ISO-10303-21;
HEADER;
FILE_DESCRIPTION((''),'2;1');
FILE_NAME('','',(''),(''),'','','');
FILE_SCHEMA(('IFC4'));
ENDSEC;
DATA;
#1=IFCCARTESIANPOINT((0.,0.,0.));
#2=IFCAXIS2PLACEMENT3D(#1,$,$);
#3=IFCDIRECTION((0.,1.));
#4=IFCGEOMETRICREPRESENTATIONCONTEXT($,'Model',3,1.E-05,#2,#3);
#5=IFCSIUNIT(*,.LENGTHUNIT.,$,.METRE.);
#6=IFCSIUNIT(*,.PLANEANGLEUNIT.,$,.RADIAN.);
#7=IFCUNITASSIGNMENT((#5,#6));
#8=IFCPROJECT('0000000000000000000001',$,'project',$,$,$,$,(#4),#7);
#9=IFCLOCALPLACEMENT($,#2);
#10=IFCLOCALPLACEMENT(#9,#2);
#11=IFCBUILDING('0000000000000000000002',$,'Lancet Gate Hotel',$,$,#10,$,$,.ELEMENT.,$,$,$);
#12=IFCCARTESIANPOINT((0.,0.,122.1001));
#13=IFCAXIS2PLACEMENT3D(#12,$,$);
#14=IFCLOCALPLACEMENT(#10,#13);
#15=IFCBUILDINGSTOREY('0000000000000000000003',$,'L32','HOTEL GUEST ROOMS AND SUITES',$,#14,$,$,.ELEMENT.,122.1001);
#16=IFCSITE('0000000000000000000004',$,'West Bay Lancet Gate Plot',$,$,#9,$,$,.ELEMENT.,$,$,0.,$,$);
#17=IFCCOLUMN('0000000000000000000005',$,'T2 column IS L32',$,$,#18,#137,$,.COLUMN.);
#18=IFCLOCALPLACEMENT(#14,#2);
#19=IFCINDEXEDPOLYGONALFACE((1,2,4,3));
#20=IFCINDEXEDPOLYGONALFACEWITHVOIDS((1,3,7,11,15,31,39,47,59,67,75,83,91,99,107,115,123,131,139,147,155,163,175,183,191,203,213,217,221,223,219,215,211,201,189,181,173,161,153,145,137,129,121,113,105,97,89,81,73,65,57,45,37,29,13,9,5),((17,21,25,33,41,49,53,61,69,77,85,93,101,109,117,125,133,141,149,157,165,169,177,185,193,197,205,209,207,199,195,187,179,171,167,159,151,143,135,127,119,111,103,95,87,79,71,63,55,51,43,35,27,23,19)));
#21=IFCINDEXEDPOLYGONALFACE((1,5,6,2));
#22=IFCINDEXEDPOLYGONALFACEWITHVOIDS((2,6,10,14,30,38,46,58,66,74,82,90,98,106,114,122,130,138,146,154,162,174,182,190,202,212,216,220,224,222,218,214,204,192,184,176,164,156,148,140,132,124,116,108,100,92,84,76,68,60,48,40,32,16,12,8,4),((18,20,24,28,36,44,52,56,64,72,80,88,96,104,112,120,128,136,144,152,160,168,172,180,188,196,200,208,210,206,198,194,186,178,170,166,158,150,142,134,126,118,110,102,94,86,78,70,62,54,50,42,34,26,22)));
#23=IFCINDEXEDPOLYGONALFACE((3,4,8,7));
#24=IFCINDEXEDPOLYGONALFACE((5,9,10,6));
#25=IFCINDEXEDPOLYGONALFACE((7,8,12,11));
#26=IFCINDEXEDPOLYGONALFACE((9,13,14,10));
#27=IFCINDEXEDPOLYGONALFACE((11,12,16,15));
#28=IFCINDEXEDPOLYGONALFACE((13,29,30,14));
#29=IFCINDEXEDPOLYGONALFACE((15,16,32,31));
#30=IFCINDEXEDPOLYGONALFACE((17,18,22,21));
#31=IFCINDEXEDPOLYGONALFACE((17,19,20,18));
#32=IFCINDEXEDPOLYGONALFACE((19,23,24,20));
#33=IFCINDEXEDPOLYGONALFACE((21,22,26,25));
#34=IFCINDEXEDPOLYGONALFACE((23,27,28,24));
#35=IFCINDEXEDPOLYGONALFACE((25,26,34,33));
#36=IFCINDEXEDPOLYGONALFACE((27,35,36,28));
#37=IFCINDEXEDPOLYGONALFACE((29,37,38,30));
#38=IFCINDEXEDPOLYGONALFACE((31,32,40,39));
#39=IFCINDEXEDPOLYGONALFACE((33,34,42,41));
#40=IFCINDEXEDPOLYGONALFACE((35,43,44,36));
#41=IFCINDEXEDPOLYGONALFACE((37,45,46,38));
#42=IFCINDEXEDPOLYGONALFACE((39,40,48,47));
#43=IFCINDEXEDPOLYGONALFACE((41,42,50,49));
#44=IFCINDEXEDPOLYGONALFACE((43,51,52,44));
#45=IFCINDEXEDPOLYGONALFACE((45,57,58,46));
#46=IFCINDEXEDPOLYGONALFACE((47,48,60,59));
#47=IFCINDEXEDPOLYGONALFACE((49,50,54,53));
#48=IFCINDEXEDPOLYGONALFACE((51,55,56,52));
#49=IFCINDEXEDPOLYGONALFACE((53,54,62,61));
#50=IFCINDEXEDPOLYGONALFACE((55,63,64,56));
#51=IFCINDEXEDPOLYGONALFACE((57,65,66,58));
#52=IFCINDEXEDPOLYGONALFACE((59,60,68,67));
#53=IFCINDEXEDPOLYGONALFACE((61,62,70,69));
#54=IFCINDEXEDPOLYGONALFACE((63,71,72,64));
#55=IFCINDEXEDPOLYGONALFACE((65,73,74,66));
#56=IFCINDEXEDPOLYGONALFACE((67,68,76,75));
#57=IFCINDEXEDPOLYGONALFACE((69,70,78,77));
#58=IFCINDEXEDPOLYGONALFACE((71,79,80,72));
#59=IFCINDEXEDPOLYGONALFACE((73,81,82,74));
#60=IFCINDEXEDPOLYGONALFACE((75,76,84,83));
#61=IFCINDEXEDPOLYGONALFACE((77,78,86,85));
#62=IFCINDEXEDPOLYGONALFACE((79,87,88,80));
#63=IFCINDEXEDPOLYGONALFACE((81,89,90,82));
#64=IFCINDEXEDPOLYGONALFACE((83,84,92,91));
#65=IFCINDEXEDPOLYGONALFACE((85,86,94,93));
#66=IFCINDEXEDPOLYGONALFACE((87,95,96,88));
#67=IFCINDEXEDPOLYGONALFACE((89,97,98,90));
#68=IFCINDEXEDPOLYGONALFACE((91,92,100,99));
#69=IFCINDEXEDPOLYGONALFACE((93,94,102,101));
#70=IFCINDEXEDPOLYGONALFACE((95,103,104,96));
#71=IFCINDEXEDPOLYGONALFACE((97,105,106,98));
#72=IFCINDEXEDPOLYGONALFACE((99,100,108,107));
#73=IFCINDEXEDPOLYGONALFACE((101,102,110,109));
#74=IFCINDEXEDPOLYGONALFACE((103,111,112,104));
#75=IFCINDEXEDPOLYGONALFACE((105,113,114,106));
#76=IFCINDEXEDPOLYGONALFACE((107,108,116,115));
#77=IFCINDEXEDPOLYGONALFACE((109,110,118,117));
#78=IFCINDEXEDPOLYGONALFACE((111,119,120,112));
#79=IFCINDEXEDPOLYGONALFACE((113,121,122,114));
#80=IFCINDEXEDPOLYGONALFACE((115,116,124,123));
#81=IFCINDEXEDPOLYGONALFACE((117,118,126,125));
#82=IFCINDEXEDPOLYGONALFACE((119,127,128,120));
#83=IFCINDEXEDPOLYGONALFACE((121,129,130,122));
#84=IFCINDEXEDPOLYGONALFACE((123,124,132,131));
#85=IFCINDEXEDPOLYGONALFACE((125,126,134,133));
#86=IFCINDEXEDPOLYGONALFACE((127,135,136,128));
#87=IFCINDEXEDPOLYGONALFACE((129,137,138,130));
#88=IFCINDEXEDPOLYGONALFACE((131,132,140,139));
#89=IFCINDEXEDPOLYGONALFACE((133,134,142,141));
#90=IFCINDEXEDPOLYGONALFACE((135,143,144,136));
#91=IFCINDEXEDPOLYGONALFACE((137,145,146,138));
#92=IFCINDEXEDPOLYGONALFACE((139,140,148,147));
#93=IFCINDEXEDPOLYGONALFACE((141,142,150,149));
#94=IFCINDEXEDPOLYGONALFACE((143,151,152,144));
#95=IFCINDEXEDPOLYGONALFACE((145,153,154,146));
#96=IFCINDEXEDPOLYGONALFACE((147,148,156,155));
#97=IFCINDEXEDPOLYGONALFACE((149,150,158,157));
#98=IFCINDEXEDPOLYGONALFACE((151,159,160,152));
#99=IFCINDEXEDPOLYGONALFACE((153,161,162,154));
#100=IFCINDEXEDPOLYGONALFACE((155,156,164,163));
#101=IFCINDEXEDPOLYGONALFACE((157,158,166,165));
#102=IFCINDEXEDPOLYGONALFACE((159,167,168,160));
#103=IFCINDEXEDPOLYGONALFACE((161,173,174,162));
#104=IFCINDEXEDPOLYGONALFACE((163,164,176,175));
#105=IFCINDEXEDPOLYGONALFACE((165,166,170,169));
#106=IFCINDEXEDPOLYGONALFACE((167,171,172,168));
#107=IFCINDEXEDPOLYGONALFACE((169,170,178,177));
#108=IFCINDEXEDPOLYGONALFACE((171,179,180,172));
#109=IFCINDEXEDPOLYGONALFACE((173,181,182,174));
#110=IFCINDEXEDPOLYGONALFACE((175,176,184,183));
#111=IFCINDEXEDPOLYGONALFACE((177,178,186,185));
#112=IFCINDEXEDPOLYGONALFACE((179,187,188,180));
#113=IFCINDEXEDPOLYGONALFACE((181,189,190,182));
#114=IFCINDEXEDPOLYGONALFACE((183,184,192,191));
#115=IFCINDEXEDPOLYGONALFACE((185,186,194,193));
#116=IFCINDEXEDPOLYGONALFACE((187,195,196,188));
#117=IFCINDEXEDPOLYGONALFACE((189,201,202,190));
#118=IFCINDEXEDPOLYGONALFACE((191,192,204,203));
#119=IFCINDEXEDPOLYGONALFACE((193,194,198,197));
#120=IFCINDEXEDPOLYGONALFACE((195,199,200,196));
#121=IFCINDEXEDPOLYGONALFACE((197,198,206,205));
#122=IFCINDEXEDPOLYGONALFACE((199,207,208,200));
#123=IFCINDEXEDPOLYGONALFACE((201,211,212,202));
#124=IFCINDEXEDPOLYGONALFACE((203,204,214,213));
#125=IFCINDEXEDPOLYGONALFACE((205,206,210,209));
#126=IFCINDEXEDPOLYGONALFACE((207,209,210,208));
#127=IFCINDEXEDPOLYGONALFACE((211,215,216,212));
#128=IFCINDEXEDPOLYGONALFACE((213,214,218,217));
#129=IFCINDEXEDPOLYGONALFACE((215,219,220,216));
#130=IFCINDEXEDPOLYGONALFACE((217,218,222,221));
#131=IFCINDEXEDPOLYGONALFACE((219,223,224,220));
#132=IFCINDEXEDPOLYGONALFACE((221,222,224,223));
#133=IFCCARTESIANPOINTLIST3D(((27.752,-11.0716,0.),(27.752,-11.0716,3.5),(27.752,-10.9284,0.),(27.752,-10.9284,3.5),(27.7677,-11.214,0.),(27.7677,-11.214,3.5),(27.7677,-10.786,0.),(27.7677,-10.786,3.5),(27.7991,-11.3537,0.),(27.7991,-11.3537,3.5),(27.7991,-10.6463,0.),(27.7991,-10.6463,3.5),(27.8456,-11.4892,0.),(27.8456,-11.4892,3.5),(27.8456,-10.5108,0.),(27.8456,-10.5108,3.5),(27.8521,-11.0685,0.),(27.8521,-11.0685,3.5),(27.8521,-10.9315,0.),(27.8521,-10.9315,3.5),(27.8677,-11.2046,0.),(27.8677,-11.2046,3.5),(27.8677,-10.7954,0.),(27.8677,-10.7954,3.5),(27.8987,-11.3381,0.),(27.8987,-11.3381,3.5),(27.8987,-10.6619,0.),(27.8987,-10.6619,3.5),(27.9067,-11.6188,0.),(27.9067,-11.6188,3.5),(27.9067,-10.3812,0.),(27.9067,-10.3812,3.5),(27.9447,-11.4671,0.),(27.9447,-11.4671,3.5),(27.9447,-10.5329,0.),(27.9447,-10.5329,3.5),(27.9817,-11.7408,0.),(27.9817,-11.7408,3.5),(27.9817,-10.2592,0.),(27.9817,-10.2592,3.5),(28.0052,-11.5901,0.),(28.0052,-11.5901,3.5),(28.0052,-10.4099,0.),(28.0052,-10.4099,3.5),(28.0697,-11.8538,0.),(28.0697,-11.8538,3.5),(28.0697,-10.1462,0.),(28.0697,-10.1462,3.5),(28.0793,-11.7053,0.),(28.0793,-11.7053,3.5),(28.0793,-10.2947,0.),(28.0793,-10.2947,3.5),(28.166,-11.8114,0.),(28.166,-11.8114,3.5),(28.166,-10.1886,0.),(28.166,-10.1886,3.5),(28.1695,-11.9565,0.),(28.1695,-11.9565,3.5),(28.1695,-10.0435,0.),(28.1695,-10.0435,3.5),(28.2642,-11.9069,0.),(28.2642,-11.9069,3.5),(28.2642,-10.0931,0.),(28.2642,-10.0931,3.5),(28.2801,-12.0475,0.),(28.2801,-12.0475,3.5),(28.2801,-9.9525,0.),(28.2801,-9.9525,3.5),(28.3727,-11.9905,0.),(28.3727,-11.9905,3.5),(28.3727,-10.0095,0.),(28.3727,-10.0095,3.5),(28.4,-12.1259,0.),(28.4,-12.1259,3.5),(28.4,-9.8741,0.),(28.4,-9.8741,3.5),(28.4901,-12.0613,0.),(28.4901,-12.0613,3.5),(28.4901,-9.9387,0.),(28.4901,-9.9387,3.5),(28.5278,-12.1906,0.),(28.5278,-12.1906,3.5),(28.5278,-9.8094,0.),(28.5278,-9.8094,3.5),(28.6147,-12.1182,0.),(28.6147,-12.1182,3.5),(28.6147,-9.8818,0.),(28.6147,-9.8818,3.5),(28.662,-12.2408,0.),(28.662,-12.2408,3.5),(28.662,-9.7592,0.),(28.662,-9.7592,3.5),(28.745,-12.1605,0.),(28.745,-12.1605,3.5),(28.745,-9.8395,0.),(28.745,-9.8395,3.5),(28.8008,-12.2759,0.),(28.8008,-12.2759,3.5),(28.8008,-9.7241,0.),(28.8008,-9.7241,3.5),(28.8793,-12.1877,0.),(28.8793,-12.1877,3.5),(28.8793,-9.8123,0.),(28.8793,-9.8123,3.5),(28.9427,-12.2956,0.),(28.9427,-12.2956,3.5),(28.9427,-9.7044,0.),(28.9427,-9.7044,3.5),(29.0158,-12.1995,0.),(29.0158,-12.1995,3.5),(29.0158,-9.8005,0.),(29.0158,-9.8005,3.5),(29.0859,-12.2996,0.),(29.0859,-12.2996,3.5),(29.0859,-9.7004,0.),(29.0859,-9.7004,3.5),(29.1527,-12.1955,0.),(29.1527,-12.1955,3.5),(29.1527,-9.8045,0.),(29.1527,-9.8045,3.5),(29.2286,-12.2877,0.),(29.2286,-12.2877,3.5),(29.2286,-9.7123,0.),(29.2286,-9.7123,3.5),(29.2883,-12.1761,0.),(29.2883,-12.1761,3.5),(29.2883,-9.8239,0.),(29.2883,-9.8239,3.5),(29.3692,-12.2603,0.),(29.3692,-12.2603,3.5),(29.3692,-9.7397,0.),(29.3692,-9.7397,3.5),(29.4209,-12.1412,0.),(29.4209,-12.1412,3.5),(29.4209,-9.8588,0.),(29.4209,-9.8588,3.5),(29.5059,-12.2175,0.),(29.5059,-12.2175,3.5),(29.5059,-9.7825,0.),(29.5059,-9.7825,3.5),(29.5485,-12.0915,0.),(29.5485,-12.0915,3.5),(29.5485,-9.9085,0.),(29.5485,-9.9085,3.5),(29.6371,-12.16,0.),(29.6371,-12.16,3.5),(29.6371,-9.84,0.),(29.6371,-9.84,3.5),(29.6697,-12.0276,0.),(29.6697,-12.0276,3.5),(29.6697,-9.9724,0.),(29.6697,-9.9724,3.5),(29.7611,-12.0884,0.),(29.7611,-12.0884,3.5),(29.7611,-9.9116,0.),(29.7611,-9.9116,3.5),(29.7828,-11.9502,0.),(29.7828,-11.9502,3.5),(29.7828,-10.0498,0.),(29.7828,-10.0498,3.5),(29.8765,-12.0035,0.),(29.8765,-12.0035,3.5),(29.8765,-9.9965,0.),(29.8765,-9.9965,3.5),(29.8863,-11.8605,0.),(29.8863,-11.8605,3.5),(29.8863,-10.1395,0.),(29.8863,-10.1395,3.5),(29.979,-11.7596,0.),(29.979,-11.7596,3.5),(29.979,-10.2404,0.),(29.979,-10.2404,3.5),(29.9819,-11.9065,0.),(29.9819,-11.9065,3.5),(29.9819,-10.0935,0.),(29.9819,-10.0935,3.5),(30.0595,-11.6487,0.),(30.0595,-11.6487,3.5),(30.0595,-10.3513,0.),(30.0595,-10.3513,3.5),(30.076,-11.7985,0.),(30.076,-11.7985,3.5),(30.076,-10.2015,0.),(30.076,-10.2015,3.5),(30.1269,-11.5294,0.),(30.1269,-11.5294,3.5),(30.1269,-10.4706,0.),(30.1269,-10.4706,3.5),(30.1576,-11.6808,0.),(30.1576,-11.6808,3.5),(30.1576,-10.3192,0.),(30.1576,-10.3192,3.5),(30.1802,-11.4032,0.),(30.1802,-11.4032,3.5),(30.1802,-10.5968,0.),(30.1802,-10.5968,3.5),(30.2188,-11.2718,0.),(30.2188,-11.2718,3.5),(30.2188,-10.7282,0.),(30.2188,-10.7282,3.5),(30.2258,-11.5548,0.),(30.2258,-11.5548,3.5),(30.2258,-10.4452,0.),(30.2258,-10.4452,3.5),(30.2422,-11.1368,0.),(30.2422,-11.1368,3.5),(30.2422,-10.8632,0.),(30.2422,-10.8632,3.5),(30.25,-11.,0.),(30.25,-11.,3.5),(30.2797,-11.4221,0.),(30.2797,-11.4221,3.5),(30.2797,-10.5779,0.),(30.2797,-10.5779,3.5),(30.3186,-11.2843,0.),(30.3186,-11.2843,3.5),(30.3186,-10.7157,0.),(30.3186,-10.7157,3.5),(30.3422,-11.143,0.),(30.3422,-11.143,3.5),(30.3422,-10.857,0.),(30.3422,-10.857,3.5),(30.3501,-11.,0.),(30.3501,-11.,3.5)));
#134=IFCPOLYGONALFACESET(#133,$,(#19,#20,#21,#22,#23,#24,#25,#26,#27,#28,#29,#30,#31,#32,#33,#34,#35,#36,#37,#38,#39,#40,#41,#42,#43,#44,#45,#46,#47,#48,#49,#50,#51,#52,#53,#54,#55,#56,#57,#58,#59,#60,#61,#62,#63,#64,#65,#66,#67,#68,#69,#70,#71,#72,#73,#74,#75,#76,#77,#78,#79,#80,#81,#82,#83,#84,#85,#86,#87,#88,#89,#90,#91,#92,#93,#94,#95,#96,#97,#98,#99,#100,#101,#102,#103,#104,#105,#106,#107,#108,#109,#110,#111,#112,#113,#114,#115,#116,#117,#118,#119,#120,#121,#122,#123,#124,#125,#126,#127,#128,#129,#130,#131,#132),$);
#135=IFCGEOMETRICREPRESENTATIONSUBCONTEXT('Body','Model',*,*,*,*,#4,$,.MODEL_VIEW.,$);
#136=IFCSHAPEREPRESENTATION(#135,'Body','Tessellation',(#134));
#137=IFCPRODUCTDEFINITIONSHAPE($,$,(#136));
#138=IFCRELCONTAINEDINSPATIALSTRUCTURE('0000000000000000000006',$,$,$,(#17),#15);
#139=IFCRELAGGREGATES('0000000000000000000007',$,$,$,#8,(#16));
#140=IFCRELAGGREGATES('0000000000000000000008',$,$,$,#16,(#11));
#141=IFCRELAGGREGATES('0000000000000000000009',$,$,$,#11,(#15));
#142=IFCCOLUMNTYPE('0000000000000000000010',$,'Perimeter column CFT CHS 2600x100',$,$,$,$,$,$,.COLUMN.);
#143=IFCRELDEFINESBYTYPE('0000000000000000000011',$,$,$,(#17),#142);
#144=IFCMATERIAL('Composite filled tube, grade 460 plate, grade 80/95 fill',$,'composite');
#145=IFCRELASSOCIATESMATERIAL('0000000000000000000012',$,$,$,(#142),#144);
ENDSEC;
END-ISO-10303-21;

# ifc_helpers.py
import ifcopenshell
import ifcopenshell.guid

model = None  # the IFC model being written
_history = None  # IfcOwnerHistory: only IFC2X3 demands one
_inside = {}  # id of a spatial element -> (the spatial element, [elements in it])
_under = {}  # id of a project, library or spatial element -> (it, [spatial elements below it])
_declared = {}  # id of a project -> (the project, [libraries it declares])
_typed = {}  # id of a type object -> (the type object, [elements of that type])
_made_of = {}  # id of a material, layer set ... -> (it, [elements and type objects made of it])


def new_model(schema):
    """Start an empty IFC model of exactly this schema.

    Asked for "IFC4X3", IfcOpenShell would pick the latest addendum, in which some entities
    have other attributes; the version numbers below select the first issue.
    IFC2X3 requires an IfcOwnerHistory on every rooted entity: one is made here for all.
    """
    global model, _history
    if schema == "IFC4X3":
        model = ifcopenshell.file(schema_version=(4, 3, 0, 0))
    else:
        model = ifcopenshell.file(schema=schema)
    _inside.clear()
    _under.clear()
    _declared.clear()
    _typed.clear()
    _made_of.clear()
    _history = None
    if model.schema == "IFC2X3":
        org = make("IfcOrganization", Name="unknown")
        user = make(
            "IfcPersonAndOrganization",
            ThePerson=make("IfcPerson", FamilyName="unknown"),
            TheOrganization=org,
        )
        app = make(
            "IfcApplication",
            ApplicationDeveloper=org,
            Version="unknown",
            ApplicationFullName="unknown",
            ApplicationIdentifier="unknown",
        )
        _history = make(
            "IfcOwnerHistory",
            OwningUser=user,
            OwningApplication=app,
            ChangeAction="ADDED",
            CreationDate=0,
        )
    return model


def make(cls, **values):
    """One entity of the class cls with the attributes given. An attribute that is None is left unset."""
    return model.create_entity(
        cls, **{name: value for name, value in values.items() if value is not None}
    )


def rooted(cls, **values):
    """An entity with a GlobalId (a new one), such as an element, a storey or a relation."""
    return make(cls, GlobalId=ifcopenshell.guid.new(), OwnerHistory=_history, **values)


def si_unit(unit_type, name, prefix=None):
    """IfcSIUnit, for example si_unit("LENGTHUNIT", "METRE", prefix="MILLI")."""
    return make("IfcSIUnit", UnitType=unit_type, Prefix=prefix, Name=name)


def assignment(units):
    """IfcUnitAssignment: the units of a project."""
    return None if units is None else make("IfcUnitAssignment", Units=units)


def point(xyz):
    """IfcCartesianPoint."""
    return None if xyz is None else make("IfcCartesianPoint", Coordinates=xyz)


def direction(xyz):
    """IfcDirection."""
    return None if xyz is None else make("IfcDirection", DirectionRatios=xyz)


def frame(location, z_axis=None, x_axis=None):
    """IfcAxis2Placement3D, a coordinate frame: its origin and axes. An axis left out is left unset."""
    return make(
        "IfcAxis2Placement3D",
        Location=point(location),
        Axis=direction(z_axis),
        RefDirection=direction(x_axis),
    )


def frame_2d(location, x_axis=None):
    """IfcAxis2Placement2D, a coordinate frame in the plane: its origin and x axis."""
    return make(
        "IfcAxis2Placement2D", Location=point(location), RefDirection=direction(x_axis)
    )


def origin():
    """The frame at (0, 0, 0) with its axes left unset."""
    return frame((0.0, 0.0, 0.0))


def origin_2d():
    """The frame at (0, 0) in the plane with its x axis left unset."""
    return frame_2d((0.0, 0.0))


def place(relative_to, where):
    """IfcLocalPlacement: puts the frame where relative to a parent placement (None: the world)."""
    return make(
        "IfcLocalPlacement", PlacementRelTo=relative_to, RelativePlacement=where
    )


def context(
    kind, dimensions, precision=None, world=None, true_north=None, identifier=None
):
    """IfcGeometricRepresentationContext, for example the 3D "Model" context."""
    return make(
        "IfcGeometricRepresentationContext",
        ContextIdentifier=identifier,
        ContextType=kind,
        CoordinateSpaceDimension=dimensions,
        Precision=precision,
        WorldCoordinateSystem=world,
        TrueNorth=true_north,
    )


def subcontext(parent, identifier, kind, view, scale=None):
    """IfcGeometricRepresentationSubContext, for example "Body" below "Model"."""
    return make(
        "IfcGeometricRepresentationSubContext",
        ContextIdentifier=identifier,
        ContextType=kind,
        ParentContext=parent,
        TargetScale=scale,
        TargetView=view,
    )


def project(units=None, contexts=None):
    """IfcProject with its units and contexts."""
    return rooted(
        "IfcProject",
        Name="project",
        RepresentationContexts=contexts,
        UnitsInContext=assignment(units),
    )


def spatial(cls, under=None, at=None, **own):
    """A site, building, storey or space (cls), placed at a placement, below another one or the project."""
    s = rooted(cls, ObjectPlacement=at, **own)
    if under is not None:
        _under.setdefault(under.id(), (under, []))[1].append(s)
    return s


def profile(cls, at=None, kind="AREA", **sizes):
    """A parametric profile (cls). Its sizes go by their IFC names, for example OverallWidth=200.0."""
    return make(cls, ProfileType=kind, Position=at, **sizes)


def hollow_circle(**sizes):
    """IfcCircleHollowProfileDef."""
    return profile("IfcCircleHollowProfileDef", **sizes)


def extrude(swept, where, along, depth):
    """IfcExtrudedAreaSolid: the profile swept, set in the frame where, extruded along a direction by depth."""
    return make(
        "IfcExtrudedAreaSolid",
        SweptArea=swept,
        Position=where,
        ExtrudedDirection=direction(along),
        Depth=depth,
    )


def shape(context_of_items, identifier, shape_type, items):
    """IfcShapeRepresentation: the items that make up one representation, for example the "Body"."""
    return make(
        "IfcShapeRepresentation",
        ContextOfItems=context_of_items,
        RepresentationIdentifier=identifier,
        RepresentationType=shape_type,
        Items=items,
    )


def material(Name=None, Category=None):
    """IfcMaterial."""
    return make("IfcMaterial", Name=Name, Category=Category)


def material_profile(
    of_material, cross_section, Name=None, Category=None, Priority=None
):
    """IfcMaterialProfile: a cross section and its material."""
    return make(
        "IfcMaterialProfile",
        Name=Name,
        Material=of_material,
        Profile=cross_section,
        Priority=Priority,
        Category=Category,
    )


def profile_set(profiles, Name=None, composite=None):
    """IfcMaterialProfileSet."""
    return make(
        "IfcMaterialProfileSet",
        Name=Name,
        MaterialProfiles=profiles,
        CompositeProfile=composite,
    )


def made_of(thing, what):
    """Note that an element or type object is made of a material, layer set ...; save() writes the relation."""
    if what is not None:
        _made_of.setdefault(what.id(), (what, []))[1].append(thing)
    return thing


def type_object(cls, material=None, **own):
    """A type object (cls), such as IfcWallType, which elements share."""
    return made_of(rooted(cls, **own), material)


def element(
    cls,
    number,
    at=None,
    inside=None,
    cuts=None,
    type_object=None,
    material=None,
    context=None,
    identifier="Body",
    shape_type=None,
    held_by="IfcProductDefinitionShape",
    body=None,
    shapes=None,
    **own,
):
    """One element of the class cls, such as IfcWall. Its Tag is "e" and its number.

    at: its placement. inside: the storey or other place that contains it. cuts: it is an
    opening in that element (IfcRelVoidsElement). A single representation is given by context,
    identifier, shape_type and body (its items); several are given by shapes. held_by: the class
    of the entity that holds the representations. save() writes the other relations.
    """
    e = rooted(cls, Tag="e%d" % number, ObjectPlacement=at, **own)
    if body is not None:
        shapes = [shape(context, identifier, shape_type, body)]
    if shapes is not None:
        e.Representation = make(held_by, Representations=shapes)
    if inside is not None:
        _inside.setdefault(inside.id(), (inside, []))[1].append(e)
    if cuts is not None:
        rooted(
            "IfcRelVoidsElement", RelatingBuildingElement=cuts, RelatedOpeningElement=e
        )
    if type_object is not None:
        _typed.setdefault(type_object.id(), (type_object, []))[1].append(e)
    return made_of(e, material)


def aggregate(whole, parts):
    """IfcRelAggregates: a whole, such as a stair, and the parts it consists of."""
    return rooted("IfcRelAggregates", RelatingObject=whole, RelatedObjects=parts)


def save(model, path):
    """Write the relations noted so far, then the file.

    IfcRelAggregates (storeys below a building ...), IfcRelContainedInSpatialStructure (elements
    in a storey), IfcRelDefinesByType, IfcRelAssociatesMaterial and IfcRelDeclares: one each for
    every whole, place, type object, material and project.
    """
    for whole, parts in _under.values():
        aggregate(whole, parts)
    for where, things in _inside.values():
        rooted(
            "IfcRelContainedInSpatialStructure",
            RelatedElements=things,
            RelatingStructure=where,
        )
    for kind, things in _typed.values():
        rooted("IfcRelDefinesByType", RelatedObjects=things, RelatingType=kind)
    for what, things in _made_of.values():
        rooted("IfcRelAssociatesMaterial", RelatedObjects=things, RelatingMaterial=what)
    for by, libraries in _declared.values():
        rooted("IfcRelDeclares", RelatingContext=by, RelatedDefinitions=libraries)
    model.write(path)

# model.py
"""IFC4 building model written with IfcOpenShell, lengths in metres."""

from ifc_helpers import new_model, si_unit, direction, frame, origin, origin_2d, place, context, subcontext, project, spatial, hollow_circle, extrude, material, material_profile, profile_set, type_object, element, save


model = new_model("IFC4")

# Units and contexts
model_context = context("Model", 3, precision=1e-05, world=origin(), true_north=direction((0.0, 1.0)))
body_context = subcontext(model_context, "Body", "Model", "MODEL_VIEW")
ifc_project = project(units=[si_unit("LENGTHUNIT", "METRE"), si_unit("PLANEANGLEUNIT", "RADIAN")], contexts=[model_context])

# Site, building, storey
site_placement = place(None, origin())
site = spatial("IfcSite", under=ifc_project, at=site_placement, Name="West Bay Lancet Gate Plot", CompositionType="ELEMENT", RefElevation=0.0)
building_placement = place(site_placement, origin())
building = spatial("IfcBuilding", under=site, at=building_placement, Name="Lancet Gate Hotel", CompositionType="ELEMENT")
storey_placement = place(building_placement, frame((0.0, 0.0, 122.1001)))
storey = spatial("IfcBuildingStorey", under=building, at=storey_placement, Name="L32", Description="HOTEL GUEST ROOMS AND SUITES", CompositionType="ELEMENT", Elevation=122.1001)

# Column
ifc_material_1 = material(Name="Composite filled tube, grade 460 plate, grade 80/95 fill", Category="composite")
ifc_material_profile_1 = material_profile(ifc_material_1, hollow_circle(Radius=1.3, WallThickness=0.1001, at=origin_2d()), Name="CHS 2600x100")
ifc_profile_set_1 = profile_set([ifc_material_profile_1], Name="Composite filled tube, grade 460 plate, grade 80/95 fill")
column_type = type_object("IfcColumnType", Name="Perimeter column CFT CHS 2600x100", PredefinedType="COLUMN", material=ifc_profile_set_1)
for number, where, z_axis, x_axis, name in (
    (1, (29.05, -11.0, 0.0), (0.0, 0.0, 1.0), (1.0, 0.0, 0.0), "T2 column IS L32"),
):
    element("IfcColumn", number, at=place(storey_placement, frame(where, z_axis=z_axis, x_axis=x_axis)), inside=storey, type_object=column_type, Name=name, PredefinedType="COLUMN", context=body_context, shape_type="SweptSolid", body=[
        extrude(hollow_circle(Radius=1.3, WallThickness=0.1001, at=origin_2d()), origin(), (0.0, 0.0, 1.0), 3.5),
    ])

save(model, "model.ifc")
